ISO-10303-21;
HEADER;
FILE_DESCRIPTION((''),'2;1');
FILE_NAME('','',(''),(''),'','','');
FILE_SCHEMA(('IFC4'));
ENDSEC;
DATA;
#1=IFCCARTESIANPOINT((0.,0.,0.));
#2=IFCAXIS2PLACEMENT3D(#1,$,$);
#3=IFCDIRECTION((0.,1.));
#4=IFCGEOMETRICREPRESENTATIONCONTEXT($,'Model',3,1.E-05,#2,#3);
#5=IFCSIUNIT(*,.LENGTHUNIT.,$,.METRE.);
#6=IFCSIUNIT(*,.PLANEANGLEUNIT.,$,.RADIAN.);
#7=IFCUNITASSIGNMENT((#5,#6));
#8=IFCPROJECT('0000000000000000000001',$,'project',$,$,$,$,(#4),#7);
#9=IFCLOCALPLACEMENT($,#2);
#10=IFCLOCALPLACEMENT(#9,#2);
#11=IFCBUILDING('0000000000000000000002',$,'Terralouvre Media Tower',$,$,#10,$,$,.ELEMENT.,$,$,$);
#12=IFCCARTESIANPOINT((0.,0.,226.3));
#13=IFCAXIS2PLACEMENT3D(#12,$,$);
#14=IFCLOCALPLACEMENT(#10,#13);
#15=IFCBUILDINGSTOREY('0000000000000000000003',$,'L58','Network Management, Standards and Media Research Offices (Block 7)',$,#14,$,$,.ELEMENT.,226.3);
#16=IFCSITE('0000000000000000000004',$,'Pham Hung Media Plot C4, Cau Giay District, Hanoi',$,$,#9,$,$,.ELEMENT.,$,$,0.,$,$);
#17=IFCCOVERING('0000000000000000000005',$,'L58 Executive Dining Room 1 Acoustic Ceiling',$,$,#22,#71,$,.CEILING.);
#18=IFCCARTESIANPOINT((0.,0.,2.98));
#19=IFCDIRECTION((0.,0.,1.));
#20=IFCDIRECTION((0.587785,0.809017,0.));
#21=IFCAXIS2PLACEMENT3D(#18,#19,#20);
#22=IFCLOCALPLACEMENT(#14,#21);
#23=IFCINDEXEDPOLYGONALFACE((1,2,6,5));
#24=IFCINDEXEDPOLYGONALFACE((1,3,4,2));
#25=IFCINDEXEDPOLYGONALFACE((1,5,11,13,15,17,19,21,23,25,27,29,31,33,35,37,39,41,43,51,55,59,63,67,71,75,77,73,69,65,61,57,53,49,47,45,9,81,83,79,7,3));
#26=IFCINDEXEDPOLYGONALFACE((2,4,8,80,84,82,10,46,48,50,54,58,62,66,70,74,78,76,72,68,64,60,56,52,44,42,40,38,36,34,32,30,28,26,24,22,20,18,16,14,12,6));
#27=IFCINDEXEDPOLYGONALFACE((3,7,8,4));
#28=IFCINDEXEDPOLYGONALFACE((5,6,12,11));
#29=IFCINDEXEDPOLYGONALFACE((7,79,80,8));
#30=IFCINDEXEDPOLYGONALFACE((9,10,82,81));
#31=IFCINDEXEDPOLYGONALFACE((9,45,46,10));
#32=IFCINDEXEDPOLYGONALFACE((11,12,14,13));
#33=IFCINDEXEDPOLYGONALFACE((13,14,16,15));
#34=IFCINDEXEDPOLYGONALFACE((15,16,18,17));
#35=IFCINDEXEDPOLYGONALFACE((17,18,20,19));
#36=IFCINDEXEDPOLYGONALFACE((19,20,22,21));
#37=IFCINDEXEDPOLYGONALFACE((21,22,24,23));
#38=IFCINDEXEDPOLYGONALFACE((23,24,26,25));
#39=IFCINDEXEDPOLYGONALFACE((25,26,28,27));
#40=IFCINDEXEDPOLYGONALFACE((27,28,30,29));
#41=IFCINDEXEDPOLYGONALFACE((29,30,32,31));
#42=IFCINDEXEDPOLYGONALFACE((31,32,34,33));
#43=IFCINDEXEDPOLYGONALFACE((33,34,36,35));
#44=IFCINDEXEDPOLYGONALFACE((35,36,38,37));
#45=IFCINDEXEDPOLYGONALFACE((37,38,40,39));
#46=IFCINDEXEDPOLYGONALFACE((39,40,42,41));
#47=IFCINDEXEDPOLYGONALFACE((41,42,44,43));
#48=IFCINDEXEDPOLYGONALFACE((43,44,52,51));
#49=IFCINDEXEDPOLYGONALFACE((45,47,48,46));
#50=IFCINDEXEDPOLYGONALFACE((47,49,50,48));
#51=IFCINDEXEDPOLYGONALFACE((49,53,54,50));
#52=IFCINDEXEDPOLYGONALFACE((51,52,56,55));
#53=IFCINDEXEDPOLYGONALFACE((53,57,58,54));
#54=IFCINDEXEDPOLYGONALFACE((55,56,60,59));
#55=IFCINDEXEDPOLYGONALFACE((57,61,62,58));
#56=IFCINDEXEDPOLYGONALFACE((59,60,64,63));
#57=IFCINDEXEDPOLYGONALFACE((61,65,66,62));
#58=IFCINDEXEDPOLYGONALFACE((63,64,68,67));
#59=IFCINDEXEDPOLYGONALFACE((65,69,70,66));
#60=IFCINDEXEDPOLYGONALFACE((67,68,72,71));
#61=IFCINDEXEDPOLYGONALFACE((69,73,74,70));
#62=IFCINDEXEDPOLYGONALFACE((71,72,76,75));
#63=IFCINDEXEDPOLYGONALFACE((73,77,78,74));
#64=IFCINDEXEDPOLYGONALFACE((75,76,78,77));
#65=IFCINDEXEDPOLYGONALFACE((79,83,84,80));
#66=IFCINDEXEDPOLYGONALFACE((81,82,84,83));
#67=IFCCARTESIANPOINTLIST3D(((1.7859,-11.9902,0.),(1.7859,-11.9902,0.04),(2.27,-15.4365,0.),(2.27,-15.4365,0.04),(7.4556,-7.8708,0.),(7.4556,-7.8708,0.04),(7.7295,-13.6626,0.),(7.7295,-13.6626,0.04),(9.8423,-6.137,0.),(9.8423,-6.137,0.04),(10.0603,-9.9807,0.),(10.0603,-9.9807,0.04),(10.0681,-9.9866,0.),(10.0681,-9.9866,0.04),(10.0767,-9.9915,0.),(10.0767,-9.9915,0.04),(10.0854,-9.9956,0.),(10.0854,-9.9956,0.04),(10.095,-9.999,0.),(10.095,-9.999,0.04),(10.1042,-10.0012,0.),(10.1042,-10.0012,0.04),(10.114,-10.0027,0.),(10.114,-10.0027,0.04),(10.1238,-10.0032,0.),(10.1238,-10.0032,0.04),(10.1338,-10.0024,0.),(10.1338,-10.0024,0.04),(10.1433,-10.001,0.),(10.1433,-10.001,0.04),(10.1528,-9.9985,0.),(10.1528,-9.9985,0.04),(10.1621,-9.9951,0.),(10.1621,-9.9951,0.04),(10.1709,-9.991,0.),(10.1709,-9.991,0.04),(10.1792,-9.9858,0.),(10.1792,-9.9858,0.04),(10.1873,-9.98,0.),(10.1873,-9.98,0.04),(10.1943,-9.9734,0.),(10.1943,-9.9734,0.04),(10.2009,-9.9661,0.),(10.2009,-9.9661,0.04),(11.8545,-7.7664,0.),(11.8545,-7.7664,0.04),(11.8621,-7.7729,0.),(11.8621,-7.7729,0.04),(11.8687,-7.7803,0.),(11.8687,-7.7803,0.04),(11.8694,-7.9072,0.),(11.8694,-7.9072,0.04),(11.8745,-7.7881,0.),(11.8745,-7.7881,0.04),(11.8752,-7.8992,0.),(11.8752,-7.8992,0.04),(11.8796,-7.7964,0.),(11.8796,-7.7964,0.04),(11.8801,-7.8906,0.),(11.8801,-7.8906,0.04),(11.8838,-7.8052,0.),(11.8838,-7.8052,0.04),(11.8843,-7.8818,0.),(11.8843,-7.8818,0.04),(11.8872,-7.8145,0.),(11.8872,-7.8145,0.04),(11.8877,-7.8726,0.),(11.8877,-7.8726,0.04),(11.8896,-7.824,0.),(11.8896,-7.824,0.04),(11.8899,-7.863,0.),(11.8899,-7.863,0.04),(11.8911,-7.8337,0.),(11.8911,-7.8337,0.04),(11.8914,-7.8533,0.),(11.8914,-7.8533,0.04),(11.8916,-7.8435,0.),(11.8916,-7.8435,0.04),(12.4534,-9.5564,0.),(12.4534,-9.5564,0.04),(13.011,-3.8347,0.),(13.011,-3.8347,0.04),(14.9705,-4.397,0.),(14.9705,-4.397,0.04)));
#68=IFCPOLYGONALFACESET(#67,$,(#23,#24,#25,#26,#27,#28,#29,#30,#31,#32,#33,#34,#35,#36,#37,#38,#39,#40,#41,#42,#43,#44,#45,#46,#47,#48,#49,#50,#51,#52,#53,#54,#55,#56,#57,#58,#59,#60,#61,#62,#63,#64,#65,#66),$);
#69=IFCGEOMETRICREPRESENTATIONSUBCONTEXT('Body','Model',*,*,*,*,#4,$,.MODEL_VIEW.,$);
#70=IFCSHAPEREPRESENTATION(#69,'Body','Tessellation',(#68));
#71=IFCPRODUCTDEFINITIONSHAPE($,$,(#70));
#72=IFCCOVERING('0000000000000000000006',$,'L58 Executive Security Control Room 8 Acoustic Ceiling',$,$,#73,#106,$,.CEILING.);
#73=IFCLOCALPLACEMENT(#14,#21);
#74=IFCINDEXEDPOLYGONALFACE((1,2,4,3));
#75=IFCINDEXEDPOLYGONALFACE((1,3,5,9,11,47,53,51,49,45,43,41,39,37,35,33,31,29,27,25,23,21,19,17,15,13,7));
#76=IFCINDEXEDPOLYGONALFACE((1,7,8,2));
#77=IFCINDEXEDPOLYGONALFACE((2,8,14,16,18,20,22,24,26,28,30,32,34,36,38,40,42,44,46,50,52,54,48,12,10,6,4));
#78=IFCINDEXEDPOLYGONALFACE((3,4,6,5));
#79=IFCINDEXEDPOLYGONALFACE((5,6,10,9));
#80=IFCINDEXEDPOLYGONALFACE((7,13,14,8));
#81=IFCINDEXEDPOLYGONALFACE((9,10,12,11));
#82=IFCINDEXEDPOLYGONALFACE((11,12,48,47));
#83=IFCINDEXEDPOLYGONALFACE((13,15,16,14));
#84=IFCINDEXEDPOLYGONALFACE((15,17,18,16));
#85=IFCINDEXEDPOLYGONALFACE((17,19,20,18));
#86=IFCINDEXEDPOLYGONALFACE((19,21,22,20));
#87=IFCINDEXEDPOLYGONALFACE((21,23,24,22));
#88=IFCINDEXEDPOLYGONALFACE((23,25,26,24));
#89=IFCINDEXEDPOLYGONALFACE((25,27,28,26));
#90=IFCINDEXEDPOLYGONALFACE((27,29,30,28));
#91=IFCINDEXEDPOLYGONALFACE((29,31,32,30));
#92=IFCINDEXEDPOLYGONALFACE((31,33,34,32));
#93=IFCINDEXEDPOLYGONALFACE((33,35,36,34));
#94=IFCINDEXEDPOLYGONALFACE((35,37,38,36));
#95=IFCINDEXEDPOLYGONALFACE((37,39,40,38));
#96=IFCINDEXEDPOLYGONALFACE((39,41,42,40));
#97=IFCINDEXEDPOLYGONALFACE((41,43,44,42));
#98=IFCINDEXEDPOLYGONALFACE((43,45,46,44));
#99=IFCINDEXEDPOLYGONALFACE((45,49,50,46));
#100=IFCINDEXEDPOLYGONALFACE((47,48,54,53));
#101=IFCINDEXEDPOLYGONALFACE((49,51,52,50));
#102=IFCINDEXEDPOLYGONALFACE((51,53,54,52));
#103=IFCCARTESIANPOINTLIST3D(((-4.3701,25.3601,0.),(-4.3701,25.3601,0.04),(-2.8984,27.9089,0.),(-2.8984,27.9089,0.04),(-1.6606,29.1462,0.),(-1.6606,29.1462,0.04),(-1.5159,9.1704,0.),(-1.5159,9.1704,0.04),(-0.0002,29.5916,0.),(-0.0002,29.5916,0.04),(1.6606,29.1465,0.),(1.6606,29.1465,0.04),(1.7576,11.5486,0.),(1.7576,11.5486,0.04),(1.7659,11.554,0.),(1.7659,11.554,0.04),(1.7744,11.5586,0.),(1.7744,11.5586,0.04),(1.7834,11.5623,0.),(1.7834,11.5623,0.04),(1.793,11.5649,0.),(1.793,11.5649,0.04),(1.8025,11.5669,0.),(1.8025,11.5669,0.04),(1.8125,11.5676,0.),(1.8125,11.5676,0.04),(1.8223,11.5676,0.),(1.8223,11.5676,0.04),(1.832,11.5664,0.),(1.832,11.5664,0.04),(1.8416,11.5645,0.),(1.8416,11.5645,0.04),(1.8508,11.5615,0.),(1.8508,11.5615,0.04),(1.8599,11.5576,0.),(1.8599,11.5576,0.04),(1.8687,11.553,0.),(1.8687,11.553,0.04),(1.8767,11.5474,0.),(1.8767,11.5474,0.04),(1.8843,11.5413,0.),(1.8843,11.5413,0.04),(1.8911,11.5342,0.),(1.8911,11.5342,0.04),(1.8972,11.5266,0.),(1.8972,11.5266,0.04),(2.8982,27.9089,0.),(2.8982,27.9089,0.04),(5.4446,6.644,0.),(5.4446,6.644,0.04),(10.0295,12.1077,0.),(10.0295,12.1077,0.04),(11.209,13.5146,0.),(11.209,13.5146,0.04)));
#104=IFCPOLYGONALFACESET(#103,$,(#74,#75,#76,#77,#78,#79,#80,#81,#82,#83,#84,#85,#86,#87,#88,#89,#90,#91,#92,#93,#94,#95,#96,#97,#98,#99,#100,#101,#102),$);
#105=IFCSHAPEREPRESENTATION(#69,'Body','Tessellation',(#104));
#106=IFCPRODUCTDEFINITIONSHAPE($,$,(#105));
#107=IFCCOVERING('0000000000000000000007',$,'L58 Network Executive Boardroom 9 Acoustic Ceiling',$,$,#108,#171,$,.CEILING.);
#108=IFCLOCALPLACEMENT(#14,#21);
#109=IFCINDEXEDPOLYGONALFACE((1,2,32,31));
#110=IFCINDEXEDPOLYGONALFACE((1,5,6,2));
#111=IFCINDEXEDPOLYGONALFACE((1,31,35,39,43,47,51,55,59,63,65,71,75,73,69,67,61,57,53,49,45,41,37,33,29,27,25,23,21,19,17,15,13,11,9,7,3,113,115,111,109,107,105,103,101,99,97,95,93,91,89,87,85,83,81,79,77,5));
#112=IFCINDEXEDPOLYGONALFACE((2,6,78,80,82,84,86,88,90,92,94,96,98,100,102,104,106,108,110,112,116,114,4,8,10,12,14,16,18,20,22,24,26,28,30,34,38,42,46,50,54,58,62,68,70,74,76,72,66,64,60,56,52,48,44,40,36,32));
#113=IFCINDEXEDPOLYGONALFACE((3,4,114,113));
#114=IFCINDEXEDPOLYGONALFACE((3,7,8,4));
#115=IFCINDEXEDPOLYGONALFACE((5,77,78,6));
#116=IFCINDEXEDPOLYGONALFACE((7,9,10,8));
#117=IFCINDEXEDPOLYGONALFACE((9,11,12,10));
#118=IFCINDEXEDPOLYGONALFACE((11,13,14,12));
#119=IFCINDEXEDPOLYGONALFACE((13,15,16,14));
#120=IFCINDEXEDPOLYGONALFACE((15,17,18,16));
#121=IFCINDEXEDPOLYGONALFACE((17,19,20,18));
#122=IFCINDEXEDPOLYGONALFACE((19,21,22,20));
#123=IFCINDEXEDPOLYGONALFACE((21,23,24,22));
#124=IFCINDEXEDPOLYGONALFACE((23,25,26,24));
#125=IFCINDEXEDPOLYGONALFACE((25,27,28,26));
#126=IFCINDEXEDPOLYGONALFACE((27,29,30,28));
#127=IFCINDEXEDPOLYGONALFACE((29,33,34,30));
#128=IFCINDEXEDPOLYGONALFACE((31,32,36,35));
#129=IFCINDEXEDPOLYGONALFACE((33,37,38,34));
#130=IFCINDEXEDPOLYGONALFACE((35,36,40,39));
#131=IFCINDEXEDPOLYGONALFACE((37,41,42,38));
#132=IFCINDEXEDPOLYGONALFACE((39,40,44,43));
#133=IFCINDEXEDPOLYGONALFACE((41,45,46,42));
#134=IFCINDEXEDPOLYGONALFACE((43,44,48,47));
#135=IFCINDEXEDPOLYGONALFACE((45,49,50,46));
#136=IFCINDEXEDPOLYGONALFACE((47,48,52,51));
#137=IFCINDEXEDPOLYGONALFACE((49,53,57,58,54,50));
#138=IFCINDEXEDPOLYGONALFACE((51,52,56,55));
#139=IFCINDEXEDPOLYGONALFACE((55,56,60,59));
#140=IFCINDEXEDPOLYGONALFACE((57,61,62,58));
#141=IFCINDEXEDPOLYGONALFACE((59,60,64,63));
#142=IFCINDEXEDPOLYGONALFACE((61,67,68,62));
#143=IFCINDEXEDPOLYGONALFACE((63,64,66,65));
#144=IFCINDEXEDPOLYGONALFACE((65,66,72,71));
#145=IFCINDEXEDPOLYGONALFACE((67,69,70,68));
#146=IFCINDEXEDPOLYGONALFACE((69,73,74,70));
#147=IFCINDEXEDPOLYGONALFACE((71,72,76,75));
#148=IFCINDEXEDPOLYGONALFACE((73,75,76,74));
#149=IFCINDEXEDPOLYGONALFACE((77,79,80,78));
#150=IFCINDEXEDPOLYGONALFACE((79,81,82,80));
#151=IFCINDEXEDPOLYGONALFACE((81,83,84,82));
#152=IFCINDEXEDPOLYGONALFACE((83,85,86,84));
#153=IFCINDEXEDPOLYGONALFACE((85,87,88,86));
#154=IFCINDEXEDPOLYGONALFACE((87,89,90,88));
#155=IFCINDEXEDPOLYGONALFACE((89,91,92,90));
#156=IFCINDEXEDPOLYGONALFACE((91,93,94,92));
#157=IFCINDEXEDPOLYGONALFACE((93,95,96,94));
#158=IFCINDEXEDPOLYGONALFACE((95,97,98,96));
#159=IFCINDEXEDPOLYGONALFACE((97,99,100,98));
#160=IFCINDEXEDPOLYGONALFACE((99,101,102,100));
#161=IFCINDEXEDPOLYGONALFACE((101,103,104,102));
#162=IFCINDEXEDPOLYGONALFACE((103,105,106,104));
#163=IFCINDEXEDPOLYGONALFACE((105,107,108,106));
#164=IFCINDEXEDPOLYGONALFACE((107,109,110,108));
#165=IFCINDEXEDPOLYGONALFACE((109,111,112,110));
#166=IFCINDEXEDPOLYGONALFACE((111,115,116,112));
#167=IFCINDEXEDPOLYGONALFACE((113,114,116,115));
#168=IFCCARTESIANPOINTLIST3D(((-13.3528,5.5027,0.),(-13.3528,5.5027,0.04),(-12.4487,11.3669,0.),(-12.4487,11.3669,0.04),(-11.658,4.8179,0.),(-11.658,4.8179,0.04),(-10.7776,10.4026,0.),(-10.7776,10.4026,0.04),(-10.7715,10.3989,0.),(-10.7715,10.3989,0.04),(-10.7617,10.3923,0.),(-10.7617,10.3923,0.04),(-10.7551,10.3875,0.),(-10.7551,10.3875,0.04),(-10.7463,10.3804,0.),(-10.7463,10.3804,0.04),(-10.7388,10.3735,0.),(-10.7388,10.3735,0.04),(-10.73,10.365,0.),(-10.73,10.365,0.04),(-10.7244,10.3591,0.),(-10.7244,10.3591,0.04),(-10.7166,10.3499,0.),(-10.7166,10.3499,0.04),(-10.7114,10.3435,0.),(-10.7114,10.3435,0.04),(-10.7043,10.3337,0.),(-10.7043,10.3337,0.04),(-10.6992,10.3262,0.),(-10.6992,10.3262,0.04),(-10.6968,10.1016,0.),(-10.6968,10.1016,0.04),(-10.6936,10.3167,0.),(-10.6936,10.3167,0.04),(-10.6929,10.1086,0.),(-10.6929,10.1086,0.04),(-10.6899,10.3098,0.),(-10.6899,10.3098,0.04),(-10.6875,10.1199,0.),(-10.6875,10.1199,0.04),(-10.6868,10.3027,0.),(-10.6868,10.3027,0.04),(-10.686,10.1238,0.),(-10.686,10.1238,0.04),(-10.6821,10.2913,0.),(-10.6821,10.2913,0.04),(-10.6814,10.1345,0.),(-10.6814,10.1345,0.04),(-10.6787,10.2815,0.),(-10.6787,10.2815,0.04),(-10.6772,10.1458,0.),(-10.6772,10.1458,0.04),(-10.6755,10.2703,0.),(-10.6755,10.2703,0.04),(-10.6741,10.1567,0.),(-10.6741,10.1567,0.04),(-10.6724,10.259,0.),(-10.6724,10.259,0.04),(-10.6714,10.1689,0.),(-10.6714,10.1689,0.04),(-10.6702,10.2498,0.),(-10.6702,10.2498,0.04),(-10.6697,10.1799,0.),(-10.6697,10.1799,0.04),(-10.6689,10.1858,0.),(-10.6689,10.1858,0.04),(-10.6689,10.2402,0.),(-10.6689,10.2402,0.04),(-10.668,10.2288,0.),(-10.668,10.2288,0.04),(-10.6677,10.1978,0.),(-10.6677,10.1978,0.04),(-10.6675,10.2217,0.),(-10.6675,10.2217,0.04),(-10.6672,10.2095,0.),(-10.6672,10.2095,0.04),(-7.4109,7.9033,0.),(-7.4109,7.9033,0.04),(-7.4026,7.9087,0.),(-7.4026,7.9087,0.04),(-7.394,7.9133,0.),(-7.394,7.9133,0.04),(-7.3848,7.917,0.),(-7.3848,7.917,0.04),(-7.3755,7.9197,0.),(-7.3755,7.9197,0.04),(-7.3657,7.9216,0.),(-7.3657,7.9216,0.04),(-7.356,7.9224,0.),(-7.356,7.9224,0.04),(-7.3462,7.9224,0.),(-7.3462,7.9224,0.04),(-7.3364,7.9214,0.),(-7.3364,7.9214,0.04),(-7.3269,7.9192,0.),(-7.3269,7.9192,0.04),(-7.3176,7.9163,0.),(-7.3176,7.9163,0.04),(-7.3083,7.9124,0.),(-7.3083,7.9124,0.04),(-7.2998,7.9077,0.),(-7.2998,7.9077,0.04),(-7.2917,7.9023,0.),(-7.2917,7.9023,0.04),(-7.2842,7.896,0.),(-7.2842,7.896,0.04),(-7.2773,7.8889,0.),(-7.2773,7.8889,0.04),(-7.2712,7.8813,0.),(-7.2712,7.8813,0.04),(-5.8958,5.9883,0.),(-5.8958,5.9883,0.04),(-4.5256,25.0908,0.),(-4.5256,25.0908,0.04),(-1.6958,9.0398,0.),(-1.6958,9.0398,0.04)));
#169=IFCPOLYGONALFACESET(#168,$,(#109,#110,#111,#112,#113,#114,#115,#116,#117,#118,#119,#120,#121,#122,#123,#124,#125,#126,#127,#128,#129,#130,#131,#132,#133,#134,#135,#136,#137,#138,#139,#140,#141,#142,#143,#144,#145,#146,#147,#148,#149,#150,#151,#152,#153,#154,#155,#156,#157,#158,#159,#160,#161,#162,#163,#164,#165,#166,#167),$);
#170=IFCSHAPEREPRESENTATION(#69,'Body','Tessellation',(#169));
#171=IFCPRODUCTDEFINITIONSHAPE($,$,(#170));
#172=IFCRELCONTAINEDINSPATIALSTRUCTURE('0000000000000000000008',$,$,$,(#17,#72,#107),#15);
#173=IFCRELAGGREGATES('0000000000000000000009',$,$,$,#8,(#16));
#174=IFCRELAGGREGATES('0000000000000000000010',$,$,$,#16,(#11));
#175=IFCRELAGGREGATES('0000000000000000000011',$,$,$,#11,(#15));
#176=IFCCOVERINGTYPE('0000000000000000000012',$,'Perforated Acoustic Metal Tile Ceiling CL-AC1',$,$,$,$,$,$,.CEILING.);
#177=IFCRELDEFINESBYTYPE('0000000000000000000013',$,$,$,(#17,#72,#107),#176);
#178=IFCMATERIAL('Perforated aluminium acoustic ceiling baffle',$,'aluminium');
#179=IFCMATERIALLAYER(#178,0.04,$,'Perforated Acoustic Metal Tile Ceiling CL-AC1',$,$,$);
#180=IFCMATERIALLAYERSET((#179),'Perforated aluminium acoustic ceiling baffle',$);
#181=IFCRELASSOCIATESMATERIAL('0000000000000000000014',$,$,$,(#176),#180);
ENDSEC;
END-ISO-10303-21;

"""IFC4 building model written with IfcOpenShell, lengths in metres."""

from ifc_helpers import new_model, si_unit, direction, frame, origin, place, context, subcontext, project, spatial, polyline, outline, extrude, material, layer, layer_set, type_object, element, save


model = new_model("IFC4")

# Units and contexts
model_context = context("Model", 3, precision=1e-05, world=origin(), true_north=direction((0.0, 1.0)))
body_context = subcontext(model_context, "Body", "Model", "MODEL_VIEW")
ifc_project = project(units=[si_unit("LENGTHUNIT", "METRE"), si_unit("PLANEANGLEUNIT", "RADIAN")], contexts=[model_context])

# Site, building, storey
site_placement = place(None, origin())
site = spatial("IfcSite", under=ifc_project, at=site_placement, Name="Pham Hung Media Plot C4, Cau Giay District, Hanoi", CompositionType="ELEMENT", RefElevation=0.0)
building_placement = place(site_placement, origin())
building = spatial("IfcBuilding", under=site, at=building_placement, Name="Terralouvre Media Tower", CompositionType="ELEMENT")
storey_placement = place(building_placement, frame((0.0, 0.0, 226.3)))
storey = spatial("IfcBuildingStorey", under=building, at=storey_placement, Name="L58", Description="Network Management, Standards and Media Research Offices (Block 7)", CompositionType="ELEMENT", Elevation=226.3)

# Coverings
ifc_material_1 = material(Name="Perforated aluminium acoustic ceiling baffle", Category="aluminium")
ifc_layer_1 = layer(ifc_material_1, 0.04, Name="Perforated Acoustic Metal Tile Ceiling CL-AC1")
ifc_layer_set_1 = layer_set([ifc_layer_1], Name="Perforated aluminium acoustic ceiling baffle")
covering_type = type_object("IfcCoveringType", Name="Perforated Acoustic Metal Tile Ceiling CL-AC1", PredefinedType="CEILING", material=ifc_layer_set_1)
covering_1_placement = place(storey_placement, frame((0.0, 0.0, 2.98), z_axis=(0.0, 0.0, 1.0), x_axis=(0.587785, 0.809017, 0.0)))
element("IfcCovering", 1, at=covering_1_placement, inside=storey, type_object=covering_type, Name="L58 Executive Dining Room 1 Acoustic Ceiling", PredefinedType="CEILING", context=body_context, shape_type="SweptSolid", body=[
    extrude(outline(polyline([(7.7295, -13.6626), (12.4534, -9.5564), (14.9705, -4.397), (13.011, -3.8347), (9.8423, -6.137), (11.8545, -7.7664), (11.8621, -7.7729), (11.8687, -7.7803), (11.8745, -7.7881), (11.8796, -7.7964), (11.8838, -7.8052), (11.8872, -7.8145), (11.8896, -7.824), (11.8911, -7.8337), (11.8916, -7.8435), (11.8914, -7.8533), (11.8899, -7.863), (11.8877, -7.8726), (11.8843, -7.8818), (11.8801, -7.8906), (11.8752, -7.8992), (11.8694, -7.9072), (10.2009, -9.9661), (10.1943, -9.9734), (10.1873, -9.98), (10.1792, -9.9858), (10.1709, -9.991), (10.1621, -9.9951), (10.1528, -9.9985), (10.1433, -10.001), (10.1338, -10.0024), (10.1238, -10.0032), (10.114, -10.0027), (10.1042, -10.0012), (10.095, -9.999), (10.0854, -9.9956), (10.0767, -9.9915), (10.0681, -9.9866), (10.0603, -9.9807), (7.4556, -7.8708), (1.7859, -11.9902), (2.27, -15.4365), (7.7295, -13.6626)])), origin(), (0.0, 0.0, 1.0), 0.04),
])
covering_2_placement = place(storey_placement, frame((0.0, 0.0, 2.98), z_axis=(0.0, 0.0, 1.0), x_axis=(0.587785, 0.809017, 0.0)))
element("IfcCovering", 2, at=covering_2_placement, inside=storey, type_object=covering_type, Name="L58 Executive Security Control Room 8 Acoustic Ceiling", PredefinedType="CEILING", context=body_context, shape_type="SweptSolid", body=[
    extrude(outline(polyline([(-4.3701, 25.3601), (-1.5159, 9.1704), (1.7576, 11.5486), (1.7659, 11.554), (1.7744, 11.5586), (1.7834, 11.5623), (1.793, 11.5649), (1.8025, 11.5669), (1.8125, 11.5676), (1.8223, 11.5676), (1.832, 11.5664), (1.8416, 11.5645), (1.8508, 11.5615), (1.8599, 11.5576), (1.8687, 11.553), (1.8767, 11.5474), (1.8843, 11.5413), (1.8911, 11.5342), (1.8972, 11.5266), (5.4446, 6.644), (10.0295, 12.1077), (11.209, 13.5146), (2.8982, 27.9089), (1.6606, 29.1465), (-0.0002, 29.5916), (-1.6606, 29.1462), (-2.8984, 27.9089), (-4.3701, 25.3601)])), origin(), (0.0, 0.0, 1.0), 0.04),
])
covering_3_placement = place(storey_placement, frame((0.0, 0.0, 2.98), z_axis=(0.0, 0.0, 1.0), x_axis=(0.587785, 0.809017, 0.0)))
element("IfcCovering", 3, at=covering_3_placement, inside=storey, type_object=covering_type, Name="L58 Network Executive Boardroom 9 Acoustic Ceiling", PredefinedType="CEILING", context=body_context, shape_type="SweptSolid", body=[
    extrude(outline(polyline([(-7.4109, 7.9033), (-7.4026, 7.9087), (-7.394, 7.9133), (-7.3848, 7.917), (-7.3755, 7.9197), (-7.3657, 7.9216), (-7.356, 7.9224), (-7.3462, 7.9224), (-7.3364, 7.9214), (-7.3269, 7.9192), (-7.3176, 7.9163), (-7.3083, 7.9124), (-7.2998, 7.9077), (-7.2917, 7.9023), (-7.2842, 7.896), (-7.2773, 7.8889), (-7.2712, 7.8813), (-5.8958, 5.9883), (-1.6958, 9.0398), (-4.5256, 25.0908), (-12.4487, 11.3669), (-10.7776, 10.4026), (-10.7715, 10.3989), (-10.7617, 10.3923), (-10.7551, 10.3875), (-10.7463, 10.3804), (-10.7388, 10.3735), (-10.73, 10.365), (-10.7244, 10.3591), (-10.7166, 10.3499), (-10.7114, 10.3435), (-10.7043, 10.3337), (-10.6992, 10.3262), (-10.6936, 10.3167), (-10.6899, 10.3098), (-10.6868, 10.3027), (-10.6821, 10.2913), (-10.6787, 10.2815), (-10.6755, 10.2703), (-10.6724, 10.259), (-10.6702, 10.2498), (-10.6689, 10.2402), (-10.668, 10.2288), (-10.6675, 10.2217), (-10.6672, 10.2095), (-10.6677, 10.1978), (-10.6689, 10.1858), (-10.6697, 10.1799), (-10.6714, 10.1689), (-10.6741, 10.1567), (-10.6772, 10.1458), (-10.6814, 10.1345), (-10.686, 10.1238), (-10.6875, 10.1199), (-10.6929, 10.1086), (-10.6968, 10.1016), (-13.3528, 5.5027), (-11.658, 4.8179), (-7.4109, 7.9033)])), origin(), (0.0, 0.0, 1.0), 0.04),
])

save(model, "model.ifc")
